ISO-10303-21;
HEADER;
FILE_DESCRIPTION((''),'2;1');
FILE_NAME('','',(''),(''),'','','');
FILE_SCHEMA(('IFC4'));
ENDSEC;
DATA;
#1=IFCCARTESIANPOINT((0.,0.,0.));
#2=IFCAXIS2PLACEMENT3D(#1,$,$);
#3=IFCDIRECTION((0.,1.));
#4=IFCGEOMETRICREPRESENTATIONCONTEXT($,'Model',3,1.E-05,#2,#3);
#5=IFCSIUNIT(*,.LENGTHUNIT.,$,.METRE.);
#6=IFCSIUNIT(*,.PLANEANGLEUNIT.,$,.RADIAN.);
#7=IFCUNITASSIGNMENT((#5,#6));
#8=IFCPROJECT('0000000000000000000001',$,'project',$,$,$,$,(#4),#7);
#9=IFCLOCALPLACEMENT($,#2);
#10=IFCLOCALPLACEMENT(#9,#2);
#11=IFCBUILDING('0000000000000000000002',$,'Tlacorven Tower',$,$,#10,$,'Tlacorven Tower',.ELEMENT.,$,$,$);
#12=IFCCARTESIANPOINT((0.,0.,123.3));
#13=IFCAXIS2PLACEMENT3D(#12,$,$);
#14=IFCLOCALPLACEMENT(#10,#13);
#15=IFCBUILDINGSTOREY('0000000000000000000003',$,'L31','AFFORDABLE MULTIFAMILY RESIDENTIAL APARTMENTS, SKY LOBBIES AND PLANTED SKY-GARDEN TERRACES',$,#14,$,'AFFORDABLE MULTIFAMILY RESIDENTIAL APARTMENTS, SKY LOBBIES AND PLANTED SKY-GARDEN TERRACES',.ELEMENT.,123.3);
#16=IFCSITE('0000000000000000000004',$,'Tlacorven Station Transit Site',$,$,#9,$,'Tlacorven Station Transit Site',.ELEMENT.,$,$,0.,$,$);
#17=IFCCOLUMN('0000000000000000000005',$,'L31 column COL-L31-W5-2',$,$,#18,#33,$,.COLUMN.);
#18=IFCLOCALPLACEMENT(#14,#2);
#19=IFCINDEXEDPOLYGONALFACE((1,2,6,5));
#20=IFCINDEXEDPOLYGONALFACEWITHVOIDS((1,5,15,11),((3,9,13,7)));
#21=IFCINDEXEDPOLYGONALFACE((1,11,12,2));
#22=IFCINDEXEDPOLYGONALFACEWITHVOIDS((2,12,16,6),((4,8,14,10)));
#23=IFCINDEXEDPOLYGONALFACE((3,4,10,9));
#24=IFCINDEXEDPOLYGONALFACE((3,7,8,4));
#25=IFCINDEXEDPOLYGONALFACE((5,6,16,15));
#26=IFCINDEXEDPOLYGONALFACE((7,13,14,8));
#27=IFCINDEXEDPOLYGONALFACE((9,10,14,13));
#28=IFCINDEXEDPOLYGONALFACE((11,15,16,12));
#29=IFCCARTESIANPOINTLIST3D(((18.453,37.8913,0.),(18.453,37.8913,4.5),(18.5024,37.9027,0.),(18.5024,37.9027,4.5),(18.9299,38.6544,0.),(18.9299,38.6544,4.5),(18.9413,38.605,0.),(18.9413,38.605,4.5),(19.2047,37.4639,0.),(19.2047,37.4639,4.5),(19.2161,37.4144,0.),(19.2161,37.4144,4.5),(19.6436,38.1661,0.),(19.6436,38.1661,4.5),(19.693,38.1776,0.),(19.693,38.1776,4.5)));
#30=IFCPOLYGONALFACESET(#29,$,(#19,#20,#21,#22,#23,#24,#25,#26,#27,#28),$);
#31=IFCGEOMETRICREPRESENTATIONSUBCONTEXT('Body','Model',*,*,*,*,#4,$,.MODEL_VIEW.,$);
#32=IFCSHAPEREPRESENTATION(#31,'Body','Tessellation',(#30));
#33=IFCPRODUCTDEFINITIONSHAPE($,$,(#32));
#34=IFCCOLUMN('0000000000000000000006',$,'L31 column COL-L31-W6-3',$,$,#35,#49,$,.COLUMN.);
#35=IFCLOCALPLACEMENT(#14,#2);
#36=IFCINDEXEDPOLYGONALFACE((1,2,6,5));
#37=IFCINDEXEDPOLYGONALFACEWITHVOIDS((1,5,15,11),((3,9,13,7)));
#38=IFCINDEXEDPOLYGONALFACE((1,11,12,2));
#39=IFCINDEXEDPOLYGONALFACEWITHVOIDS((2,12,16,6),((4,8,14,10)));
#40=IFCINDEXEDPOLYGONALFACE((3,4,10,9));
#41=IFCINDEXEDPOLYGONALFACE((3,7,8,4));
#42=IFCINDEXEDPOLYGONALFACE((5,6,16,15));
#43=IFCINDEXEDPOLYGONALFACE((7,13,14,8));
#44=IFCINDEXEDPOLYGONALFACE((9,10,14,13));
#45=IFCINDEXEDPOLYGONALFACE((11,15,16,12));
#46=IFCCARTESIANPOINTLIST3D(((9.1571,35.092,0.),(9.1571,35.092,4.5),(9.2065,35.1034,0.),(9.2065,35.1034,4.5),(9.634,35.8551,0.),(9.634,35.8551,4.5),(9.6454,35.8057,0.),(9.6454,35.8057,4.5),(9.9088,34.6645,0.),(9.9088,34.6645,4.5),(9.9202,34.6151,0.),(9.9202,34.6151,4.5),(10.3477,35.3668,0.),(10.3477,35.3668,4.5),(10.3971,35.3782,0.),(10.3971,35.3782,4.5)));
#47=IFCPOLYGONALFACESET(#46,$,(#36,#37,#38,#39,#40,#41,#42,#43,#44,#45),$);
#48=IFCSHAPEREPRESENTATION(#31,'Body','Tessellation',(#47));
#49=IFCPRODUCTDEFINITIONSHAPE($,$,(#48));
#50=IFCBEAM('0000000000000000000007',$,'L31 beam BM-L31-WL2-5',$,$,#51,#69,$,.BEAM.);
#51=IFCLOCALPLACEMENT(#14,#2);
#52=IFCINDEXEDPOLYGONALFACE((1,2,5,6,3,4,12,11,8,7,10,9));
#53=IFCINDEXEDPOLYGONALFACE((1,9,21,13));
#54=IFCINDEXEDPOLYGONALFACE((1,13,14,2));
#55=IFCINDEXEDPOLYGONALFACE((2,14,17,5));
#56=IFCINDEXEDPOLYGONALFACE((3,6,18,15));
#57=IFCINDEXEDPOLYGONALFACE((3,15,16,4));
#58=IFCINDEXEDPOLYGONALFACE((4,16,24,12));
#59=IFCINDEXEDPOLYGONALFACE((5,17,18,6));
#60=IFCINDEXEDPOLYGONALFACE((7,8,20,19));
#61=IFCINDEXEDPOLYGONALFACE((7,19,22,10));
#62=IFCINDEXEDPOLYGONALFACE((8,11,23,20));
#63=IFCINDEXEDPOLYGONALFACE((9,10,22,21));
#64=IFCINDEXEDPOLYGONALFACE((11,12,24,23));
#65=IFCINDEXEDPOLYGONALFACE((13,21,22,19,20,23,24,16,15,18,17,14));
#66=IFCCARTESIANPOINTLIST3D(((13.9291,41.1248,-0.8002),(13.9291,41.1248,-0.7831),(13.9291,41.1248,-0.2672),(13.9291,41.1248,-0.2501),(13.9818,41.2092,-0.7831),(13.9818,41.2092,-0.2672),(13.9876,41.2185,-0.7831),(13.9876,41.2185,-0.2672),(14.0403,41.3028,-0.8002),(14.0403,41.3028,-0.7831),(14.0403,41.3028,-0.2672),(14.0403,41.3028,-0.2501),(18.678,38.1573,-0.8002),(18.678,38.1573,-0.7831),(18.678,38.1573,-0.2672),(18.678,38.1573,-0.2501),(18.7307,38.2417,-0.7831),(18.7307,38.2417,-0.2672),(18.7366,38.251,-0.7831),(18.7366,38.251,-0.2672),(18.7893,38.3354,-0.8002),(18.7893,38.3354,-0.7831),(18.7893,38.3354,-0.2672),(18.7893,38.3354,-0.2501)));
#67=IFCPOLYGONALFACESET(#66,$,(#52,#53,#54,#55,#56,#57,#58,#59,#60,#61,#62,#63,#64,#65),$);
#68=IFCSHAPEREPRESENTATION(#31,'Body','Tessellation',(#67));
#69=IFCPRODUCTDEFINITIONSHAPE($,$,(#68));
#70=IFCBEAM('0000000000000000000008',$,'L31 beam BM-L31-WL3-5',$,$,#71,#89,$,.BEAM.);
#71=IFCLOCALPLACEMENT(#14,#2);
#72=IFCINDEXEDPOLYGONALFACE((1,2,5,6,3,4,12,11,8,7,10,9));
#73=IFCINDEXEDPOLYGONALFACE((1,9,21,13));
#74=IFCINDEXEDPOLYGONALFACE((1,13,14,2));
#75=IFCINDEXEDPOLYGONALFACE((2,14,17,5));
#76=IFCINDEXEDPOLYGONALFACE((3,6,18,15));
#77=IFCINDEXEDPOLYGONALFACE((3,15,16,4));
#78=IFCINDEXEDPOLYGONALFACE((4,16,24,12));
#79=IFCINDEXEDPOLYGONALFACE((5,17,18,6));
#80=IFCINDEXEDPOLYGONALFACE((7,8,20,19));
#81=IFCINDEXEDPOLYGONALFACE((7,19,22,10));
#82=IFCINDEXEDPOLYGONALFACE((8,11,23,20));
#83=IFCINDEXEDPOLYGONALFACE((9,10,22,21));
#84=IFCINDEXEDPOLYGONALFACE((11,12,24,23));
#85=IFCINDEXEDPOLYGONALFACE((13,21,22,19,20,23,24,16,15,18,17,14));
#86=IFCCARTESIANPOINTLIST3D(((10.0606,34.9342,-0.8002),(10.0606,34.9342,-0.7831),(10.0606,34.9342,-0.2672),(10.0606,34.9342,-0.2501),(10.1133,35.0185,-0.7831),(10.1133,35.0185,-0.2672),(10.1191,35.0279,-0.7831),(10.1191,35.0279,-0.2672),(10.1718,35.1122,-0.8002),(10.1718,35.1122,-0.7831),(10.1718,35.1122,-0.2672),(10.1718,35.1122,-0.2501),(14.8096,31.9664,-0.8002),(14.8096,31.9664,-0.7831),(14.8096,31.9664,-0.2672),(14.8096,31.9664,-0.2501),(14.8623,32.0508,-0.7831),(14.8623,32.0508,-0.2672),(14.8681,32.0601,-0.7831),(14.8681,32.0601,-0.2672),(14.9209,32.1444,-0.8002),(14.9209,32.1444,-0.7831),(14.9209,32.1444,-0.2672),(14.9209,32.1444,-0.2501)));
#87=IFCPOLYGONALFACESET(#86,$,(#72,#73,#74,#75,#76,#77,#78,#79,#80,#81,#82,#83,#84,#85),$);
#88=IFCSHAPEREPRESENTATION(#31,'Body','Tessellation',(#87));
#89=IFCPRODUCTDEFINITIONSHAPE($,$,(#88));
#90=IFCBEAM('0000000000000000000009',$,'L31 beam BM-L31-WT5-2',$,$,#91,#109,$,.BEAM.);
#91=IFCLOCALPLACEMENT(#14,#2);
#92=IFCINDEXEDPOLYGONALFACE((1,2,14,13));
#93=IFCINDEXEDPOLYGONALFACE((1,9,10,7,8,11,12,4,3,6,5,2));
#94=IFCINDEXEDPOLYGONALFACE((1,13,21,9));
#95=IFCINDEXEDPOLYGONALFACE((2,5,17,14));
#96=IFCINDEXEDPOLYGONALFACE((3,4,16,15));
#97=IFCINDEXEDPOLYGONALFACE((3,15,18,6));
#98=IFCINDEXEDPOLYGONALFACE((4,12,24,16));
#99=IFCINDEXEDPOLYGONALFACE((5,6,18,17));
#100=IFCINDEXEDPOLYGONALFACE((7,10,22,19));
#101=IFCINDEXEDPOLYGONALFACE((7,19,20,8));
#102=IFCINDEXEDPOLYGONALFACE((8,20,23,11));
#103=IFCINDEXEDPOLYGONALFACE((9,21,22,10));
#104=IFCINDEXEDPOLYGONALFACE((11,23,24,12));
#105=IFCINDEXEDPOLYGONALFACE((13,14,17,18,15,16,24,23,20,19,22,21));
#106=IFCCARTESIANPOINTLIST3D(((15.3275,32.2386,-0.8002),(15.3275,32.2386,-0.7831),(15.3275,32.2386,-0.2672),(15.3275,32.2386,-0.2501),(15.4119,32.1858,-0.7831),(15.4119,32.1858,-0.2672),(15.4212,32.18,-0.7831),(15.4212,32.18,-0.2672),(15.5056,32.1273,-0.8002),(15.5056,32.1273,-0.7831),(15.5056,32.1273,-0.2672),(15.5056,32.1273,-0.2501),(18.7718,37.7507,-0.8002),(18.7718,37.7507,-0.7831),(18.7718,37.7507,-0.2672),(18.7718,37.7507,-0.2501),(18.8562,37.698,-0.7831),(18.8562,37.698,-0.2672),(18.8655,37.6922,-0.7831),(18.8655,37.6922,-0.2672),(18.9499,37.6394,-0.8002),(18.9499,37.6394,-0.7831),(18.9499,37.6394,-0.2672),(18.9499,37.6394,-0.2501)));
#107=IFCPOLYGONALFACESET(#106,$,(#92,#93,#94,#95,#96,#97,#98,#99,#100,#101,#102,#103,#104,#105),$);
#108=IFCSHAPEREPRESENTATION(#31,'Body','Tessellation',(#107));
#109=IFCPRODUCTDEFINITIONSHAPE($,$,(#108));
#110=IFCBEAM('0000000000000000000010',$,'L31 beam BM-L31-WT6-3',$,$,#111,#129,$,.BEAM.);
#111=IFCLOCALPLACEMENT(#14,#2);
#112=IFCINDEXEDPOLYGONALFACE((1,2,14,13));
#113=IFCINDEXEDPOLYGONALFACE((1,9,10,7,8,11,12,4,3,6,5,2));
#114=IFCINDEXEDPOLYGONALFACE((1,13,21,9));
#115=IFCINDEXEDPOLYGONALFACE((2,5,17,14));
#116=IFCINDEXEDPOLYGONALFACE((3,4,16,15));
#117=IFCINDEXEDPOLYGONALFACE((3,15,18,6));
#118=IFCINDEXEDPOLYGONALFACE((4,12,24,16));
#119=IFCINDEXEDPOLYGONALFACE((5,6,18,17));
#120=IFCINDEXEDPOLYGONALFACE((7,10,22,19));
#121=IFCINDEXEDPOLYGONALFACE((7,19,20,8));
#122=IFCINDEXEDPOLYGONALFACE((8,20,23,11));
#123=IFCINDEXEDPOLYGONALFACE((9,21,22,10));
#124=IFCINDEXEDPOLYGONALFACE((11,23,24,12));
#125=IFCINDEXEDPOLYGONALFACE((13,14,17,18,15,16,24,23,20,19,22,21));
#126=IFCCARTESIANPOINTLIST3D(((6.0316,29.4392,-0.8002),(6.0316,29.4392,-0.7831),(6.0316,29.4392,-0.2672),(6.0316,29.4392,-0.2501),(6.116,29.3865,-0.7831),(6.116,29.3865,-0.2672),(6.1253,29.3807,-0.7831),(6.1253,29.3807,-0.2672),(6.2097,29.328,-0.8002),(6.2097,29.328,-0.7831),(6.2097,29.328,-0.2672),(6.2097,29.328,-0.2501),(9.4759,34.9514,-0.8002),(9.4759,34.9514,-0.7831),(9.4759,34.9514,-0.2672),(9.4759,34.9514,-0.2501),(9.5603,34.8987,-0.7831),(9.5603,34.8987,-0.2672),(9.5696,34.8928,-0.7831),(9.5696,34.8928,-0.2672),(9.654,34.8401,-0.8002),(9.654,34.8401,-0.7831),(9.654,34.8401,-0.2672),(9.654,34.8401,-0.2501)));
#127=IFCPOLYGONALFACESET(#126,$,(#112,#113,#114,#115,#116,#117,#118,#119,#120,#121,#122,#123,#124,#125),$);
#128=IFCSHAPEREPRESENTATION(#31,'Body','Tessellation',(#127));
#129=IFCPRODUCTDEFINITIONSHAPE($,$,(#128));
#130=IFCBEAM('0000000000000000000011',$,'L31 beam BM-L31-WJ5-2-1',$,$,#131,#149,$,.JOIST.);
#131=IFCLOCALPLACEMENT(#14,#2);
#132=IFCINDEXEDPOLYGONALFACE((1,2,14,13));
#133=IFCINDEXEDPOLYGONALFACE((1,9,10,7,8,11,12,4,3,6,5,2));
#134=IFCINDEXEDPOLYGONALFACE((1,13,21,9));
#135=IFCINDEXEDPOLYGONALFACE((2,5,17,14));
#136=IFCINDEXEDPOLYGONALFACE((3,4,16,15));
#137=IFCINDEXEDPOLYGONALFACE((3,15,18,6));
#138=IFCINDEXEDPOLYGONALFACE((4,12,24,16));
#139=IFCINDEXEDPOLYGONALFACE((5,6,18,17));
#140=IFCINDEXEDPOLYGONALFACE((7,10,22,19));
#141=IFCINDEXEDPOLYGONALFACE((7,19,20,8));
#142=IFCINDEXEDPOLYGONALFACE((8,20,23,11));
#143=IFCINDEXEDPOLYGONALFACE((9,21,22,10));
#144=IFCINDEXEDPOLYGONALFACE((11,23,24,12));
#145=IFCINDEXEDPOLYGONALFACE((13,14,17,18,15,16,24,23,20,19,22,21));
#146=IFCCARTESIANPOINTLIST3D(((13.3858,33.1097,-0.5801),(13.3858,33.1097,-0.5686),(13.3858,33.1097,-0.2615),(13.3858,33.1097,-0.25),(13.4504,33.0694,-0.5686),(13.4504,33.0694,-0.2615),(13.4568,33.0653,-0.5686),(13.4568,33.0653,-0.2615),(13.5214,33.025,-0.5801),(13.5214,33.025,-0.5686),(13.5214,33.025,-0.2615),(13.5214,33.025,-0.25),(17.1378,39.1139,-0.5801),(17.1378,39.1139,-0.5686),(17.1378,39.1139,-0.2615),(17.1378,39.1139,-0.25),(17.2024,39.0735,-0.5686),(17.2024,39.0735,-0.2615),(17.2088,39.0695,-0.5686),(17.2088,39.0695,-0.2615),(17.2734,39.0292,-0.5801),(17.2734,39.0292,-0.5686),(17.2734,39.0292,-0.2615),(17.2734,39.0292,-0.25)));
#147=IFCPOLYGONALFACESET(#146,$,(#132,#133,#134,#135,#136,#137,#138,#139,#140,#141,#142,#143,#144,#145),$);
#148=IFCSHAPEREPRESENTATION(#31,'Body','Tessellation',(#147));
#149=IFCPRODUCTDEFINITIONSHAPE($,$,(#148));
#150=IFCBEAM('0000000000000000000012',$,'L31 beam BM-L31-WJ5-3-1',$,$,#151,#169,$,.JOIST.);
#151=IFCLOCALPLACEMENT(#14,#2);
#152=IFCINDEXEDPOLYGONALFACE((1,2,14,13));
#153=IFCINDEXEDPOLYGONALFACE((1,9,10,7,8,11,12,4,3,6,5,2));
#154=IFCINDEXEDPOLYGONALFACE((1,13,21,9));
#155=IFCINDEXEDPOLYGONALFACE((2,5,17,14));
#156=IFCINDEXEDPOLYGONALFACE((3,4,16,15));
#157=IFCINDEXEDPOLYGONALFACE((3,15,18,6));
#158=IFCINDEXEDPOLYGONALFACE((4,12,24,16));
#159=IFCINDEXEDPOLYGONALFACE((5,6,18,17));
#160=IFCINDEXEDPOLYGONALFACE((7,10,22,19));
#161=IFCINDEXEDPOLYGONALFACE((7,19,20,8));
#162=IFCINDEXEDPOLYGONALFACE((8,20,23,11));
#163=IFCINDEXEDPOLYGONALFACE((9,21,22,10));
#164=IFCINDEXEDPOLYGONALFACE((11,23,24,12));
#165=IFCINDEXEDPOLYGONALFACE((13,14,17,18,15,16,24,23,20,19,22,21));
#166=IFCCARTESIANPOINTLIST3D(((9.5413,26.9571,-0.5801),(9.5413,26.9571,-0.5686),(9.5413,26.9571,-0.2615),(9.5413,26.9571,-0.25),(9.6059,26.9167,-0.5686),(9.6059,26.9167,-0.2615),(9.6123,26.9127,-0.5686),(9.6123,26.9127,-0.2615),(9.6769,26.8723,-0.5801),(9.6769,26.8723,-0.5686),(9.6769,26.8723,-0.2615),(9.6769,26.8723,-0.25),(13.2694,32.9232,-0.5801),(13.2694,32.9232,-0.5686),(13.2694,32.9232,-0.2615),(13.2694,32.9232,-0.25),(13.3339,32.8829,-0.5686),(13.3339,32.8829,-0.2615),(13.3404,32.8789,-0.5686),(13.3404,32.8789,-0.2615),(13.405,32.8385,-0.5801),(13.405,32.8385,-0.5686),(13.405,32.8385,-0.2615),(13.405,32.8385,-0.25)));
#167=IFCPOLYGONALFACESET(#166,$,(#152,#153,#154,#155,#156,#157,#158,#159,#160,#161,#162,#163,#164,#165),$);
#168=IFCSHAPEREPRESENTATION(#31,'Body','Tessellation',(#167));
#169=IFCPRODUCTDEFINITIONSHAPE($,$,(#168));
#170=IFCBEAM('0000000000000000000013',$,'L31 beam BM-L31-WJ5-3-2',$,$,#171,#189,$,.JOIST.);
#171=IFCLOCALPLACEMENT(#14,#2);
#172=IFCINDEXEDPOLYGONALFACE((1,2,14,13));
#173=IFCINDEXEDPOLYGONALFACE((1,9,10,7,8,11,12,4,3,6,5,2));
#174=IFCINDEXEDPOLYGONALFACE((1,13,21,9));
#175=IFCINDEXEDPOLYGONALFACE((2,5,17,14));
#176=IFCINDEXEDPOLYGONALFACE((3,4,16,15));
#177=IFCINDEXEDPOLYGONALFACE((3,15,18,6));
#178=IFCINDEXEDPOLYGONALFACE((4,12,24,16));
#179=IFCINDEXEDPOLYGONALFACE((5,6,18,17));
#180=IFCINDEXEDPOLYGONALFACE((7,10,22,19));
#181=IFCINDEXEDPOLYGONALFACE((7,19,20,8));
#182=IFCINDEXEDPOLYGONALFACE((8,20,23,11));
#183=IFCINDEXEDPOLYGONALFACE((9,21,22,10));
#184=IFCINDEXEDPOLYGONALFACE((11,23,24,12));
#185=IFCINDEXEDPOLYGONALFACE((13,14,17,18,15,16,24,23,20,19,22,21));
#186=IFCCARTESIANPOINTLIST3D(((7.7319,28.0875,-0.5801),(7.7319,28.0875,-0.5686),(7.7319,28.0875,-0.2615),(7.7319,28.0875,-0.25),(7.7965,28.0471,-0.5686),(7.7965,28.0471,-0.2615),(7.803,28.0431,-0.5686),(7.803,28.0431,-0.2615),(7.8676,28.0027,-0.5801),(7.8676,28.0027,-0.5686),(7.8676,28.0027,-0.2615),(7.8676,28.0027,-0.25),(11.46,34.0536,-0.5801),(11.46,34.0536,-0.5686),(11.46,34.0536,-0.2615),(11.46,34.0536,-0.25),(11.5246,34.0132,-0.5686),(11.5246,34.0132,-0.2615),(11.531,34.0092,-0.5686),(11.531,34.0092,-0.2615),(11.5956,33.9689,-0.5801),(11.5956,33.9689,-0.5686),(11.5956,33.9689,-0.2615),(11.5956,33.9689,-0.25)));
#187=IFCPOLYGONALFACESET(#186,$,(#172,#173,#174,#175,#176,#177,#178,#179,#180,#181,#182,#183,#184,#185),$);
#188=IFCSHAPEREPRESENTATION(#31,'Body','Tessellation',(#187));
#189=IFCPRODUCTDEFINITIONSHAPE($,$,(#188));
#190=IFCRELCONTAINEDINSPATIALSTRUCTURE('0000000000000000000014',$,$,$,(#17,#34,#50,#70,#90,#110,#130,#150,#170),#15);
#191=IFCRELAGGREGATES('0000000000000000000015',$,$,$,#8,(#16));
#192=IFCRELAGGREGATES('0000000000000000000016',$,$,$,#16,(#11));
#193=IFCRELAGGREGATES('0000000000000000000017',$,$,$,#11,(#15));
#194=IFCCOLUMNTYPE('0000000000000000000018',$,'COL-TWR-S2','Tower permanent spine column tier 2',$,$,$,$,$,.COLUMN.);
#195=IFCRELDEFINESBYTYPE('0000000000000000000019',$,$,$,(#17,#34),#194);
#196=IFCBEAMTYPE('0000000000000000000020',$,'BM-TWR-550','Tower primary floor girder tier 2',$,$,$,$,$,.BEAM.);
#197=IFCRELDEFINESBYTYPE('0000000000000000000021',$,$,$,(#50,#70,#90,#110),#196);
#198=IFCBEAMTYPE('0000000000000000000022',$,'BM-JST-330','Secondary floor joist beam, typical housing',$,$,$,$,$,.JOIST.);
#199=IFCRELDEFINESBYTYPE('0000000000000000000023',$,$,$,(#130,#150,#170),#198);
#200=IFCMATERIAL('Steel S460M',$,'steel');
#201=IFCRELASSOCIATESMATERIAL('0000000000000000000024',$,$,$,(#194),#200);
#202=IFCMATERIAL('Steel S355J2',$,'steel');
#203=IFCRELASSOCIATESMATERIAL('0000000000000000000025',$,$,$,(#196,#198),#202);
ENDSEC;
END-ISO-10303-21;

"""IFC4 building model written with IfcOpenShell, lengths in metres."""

from ifc_helpers import new_model, si_unit, direction, frame, origin, origin_2d, place, context, subcontext, project, spatial, hollow_rectangle, i_section, extrude, source, transform, mapped, material, material_profile, profile_set, type_object, element, save


model = new_model("IFC4")

# Units and contexts
model_context = context("Model", 3, precision=1e-05, world=origin(), true_north=direction((0.0, 1.0)))
body_context = subcontext(model_context, "Body", "Model", "MODEL_VIEW")
ifc_project = project(units=[si_unit("LENGTHUNIT", "METRE"), si_unit("PLANEANGLEUNIT", "RADIAN")], contexts=[model_context])

# Site, building, storey
site_placement = place(None, origin())
site = spatial("IfcSite", under=ifc_project, at=site_placement, Name="Tlacorven Station Transit Site", LongName="Tlacorven Station Transit Site", CompositionType="ELEMENT", RefElevation=0.0)
building_placement = place(site_placement, origin())
building = spatial("IfcBuilding", under=site, at=building_placement, Name="Tlacorven Tower", LongName="Tlacorven Tower", CompositionType="ELEMENT")
storey_placement = place(building_placement, frame((0.0, 0.0, 123.3)))
storey = spatial("IfcBuildingStorey", under=building, at=storey_placement, Name="L31", Description="AFFORDABLE MULTIFAMILY RESIDENTIAL APARTMENTS, SKY LOBBIES AND PLANTED SKY-GARDEN TERRACES", LongName="AFFORDABLE MULTIFAMILY RESIDENTIAL APARTMENTS, SKY LOBBIES AND PLANTED SKY-GARDEN TERRACES", CompositionType="ELEMENT", Elevation=123.3)

# Columns
ifc_material_1 = material(Name="Steel S460M", Category="steel")
ifc_material_profile_1 = material_profile(ifc_material_1, hollow_rectangle(XDim=0.8999, YDim=0.8999, WallThickness=0.0359, at=origin_2d()), Name="BOX 900X900X36")
ifc_profile_set_1 = profile_set([ifc_material_profile_1], Name="Steel S460M")
column_type = type_object("IfcColumnType", Name="COL-TWR-S2", Description="Tower permanent spine column tier 2", PredefinedType="COLUMN", material=ifc_profile_set_1)
shared_shape_1 = source(origin(), body_context, "Body", "SweptSolid", [
    extrude(hollow_rectangle(XDim=0.8999, YDim=0.8999, WallThickness=0.0359, at=origin_2d()), origin(), (0.0, 0.0, 1.0), 4.5),
])
for number, where, z_axis, x_axis, name in (
    (1, (19.073, 38.0344, 0.0), (0.0, 0.0, 1.0), (-0.848048, 0.529919, 0.0), "L31 column COL-L31-W5-2"),
    (2, (9.7771, 35.2351, 0.0), (0.0, 0.0, 1.0), (-0.848048, 0.529919, 0.0), "L31 column COL-L31-W6-3"),
):
    element("IfcColumn", number, at=place(storey_placement, frame(where, z_axis=z_axis, x_axis=x_axis)), inside=storey, type_object=column_type, Name=name, PredefinedType="COLUMN", context=body_context, shape_type="MappedRepresentation", body=[
        mapped(shared_shape_1, transform((0.0, 0.0, 0.0), scale=1.0)),
    ])

# Beams
ifc_material_2 = material(Name="Steel S355J2", Category="steel")
ifc_material_profile_2 = material_profile(ifc_material_2, i_section(OverallWidth=0.21, OverallDepth=0.55, WebThickness=0.011, FlangeThickness=0.0171, at=origin_2d()), Name="IPE 550")
ifc_profile_set_2 = profile_set([ifc_material_profile_2], Name="Steel S355J2")
beam_type_1 = type_object("IfcBeamType", Name="BM-TWR-550", Description="Tower primary floor girder tier 2", PredefinedType="BEAM", material=ifc_profile_set_2)
shared_shape_2 = source(origin(), body_context, "Body", "SweptSolid", [
    extrude(i_section(OverallWidth=0.21, OverallDepth=0.55, WebThickness=0.011, FlangeThickness=0.0171, at=origin_2d()), origin(), (0.0, 0.0, 1.0), 5.5999),
])
beam_1_placement = place(storey_placement, frame((18.7336, 38.2463, -0.5251), z_axis=(-0.848047, 0.529921, 0.0), x_axis=(-0.529921, -0.848047, 0.0)))
element("IfcBeam", 3, at=beam_1_placement, inside=storey, type_object=beam_type_1, Name="L31 beam BM-L31-WL2-5", PredefinedType="BEAM", context=body_context, shape_type="MappedRepresentation", body=[
    mapped(shared_shape_2, transform((0.0, 0.0, 0.0), scale=1.0)),
])
shared_shape_3 = source(origin(), body_context, "Body", "SweptSolid", [
    extrude(i_section(OverallWidth=0.21, OverallDepth=0.55, WebThickness=0.011, FlangeThickness=0.0171, at=origin_2d()), origin(), (0.0, 0.0, 1.0), 5.6001),
])
beam_2_placement = place(storey_placement, frame((14.8652, 32.0554, -0.5251), z_axis=(-0.848028, 0.529952, 0.0), x_axis=(-0.529952, -0.848028, 0.0)))
element("IfcBeam", 4, at=beam_2_placement, inside=storey, type_object=beam_type_1, Name="L31 beam BM-L31-WL3-5", PredefinedType="BEAM", context=body_context, shape_type="MappedRepresentation", body=[
    mapped(shared_shape_3, transform((0.0, 0.0, 0.0), scale=1.0)),
])
shared_shape_4 = source(origin(), body_context, "Body", "SweptSolid", [
    extrude(i_section(OverallWidth=0.21, OverallDepth=0.55, WebThickness=0.011, FlangeThickness=0.0171, at=origin_2d()), origin(), (0.0, 0.0, 1.0), 6.4998),
])
for number, where, z_axis, x_axis, name in (
    (5, (18.8608, 37.6951, -0.5251), (-0.529911, -0.848053, 0.0), (0.848053, -0.529911, 0.0), "L31 beam BM-L31-WT5-2"),
    (6, (9.5649, 34.8958, -0.5251), (-0.529911, -0.848053, 0.0), (0.848053, -0.529911, 0.0), "L31 beam BM-L31-WT6-3"),
):
    element("IfcBeam", number, at=place(storey_placement, frame(where, z_axis=z_axis, x_axis=x_axis)), inside=storey, type_object=beam_type_1, Name=name, PredefinedType="BEAM", context=body_context, shape_type="MappedRepresentation", body=[
        mapped(shared_shape_4, transform((0.0, 0.0, 0.0), scale=1.0)),
    ])
ifc_material_profile_3 = material_profile(ifc_material_2, i_section(OverallWidth=0.1599, OverallDepth=0.3301, WebThickness=0.0076, FlangeThickness=0.0115, at=origin_2d()), Name="IPE 330")
ifc_profile_set_3 = profile_set([ifc_material_profile_3], Name="Steel S355J2")
beam_type_2 = type_object("IfcBeamType", Name="BM-JST-330", Description="Secondary floor joist beam, typical housing", PredefinedType="JOIST", material=ifc_profile_set_3)
shared_shape_5 = source(origin(), body_context, "Body", "SweptSolid", [
    extrude(i_section(OverallWidth=0.1599, OverallDepth=0.3301, WebThickness=0.0076, FlangeThickness=0.0115, at=origin_2d()), origin(), (0.0, 0.0, 1.0), 7.0801),
])
beam_3_placement = place(storey_placement, frame((17.2056, 39.0715, -0.415), z_axis=(-0.529934, -0.848039, 0.0), x_axis=(0.848039, -0.529934, 0.0)))
element("IfcBeam", 7, at=beam_3_placement, inside=storey, type_object=beam_type_2, Name="L31 beam BM-L31-WJ5-2-1", PredefinedType="JOIST", context=body_context, shape_type="MappedRepresentation", body=[
    mapped(shared_shape_5, transform((0.0, 0.0, 0.0), scale=1.0)),
])
shared_shape_6 = source(origin(), body_context, "Body", "SweptSolid", [
    extrude(i_section(OverallWidth=0.1599, OverallDepth=0.3301, WebThickness=0.0076, FlangeThickness=0.0115, at=origin_2d()), origin(), (0.0, 0.0, 1.0), 7.0352),
])
for number, where, z_axis, x_axis, name in (
    (8, (13.3372, 32.8809, -0.415), (-0.529921, -0.848047, 0.0), (0.848047, -0.529921, 0.0), "L31 beam BM-L31-WJ5-3-1"),
    (9, (11.5278, 34.0112, -0.415), (-0.529921, -0.848047, 0.0), (0.848047, -0.529921, 0.0), "L31 beam BM-L31-WJ5-3-2"),
):
    element("IfcBeam", number, at=place(storey_placement, frame(where, z_axis=z_axis, x_axis=x_axis)), inside=storey, type_object=beam_type_2, Name=name, PredefinedType="JOIST", context=body_context, shape_type="MappedRepresentation", body=[
        mapped(shared_shape_6, transform((0.0, 0.0, 0.0), scale=1.0)),
    ])

save(model, "model.ifc")
